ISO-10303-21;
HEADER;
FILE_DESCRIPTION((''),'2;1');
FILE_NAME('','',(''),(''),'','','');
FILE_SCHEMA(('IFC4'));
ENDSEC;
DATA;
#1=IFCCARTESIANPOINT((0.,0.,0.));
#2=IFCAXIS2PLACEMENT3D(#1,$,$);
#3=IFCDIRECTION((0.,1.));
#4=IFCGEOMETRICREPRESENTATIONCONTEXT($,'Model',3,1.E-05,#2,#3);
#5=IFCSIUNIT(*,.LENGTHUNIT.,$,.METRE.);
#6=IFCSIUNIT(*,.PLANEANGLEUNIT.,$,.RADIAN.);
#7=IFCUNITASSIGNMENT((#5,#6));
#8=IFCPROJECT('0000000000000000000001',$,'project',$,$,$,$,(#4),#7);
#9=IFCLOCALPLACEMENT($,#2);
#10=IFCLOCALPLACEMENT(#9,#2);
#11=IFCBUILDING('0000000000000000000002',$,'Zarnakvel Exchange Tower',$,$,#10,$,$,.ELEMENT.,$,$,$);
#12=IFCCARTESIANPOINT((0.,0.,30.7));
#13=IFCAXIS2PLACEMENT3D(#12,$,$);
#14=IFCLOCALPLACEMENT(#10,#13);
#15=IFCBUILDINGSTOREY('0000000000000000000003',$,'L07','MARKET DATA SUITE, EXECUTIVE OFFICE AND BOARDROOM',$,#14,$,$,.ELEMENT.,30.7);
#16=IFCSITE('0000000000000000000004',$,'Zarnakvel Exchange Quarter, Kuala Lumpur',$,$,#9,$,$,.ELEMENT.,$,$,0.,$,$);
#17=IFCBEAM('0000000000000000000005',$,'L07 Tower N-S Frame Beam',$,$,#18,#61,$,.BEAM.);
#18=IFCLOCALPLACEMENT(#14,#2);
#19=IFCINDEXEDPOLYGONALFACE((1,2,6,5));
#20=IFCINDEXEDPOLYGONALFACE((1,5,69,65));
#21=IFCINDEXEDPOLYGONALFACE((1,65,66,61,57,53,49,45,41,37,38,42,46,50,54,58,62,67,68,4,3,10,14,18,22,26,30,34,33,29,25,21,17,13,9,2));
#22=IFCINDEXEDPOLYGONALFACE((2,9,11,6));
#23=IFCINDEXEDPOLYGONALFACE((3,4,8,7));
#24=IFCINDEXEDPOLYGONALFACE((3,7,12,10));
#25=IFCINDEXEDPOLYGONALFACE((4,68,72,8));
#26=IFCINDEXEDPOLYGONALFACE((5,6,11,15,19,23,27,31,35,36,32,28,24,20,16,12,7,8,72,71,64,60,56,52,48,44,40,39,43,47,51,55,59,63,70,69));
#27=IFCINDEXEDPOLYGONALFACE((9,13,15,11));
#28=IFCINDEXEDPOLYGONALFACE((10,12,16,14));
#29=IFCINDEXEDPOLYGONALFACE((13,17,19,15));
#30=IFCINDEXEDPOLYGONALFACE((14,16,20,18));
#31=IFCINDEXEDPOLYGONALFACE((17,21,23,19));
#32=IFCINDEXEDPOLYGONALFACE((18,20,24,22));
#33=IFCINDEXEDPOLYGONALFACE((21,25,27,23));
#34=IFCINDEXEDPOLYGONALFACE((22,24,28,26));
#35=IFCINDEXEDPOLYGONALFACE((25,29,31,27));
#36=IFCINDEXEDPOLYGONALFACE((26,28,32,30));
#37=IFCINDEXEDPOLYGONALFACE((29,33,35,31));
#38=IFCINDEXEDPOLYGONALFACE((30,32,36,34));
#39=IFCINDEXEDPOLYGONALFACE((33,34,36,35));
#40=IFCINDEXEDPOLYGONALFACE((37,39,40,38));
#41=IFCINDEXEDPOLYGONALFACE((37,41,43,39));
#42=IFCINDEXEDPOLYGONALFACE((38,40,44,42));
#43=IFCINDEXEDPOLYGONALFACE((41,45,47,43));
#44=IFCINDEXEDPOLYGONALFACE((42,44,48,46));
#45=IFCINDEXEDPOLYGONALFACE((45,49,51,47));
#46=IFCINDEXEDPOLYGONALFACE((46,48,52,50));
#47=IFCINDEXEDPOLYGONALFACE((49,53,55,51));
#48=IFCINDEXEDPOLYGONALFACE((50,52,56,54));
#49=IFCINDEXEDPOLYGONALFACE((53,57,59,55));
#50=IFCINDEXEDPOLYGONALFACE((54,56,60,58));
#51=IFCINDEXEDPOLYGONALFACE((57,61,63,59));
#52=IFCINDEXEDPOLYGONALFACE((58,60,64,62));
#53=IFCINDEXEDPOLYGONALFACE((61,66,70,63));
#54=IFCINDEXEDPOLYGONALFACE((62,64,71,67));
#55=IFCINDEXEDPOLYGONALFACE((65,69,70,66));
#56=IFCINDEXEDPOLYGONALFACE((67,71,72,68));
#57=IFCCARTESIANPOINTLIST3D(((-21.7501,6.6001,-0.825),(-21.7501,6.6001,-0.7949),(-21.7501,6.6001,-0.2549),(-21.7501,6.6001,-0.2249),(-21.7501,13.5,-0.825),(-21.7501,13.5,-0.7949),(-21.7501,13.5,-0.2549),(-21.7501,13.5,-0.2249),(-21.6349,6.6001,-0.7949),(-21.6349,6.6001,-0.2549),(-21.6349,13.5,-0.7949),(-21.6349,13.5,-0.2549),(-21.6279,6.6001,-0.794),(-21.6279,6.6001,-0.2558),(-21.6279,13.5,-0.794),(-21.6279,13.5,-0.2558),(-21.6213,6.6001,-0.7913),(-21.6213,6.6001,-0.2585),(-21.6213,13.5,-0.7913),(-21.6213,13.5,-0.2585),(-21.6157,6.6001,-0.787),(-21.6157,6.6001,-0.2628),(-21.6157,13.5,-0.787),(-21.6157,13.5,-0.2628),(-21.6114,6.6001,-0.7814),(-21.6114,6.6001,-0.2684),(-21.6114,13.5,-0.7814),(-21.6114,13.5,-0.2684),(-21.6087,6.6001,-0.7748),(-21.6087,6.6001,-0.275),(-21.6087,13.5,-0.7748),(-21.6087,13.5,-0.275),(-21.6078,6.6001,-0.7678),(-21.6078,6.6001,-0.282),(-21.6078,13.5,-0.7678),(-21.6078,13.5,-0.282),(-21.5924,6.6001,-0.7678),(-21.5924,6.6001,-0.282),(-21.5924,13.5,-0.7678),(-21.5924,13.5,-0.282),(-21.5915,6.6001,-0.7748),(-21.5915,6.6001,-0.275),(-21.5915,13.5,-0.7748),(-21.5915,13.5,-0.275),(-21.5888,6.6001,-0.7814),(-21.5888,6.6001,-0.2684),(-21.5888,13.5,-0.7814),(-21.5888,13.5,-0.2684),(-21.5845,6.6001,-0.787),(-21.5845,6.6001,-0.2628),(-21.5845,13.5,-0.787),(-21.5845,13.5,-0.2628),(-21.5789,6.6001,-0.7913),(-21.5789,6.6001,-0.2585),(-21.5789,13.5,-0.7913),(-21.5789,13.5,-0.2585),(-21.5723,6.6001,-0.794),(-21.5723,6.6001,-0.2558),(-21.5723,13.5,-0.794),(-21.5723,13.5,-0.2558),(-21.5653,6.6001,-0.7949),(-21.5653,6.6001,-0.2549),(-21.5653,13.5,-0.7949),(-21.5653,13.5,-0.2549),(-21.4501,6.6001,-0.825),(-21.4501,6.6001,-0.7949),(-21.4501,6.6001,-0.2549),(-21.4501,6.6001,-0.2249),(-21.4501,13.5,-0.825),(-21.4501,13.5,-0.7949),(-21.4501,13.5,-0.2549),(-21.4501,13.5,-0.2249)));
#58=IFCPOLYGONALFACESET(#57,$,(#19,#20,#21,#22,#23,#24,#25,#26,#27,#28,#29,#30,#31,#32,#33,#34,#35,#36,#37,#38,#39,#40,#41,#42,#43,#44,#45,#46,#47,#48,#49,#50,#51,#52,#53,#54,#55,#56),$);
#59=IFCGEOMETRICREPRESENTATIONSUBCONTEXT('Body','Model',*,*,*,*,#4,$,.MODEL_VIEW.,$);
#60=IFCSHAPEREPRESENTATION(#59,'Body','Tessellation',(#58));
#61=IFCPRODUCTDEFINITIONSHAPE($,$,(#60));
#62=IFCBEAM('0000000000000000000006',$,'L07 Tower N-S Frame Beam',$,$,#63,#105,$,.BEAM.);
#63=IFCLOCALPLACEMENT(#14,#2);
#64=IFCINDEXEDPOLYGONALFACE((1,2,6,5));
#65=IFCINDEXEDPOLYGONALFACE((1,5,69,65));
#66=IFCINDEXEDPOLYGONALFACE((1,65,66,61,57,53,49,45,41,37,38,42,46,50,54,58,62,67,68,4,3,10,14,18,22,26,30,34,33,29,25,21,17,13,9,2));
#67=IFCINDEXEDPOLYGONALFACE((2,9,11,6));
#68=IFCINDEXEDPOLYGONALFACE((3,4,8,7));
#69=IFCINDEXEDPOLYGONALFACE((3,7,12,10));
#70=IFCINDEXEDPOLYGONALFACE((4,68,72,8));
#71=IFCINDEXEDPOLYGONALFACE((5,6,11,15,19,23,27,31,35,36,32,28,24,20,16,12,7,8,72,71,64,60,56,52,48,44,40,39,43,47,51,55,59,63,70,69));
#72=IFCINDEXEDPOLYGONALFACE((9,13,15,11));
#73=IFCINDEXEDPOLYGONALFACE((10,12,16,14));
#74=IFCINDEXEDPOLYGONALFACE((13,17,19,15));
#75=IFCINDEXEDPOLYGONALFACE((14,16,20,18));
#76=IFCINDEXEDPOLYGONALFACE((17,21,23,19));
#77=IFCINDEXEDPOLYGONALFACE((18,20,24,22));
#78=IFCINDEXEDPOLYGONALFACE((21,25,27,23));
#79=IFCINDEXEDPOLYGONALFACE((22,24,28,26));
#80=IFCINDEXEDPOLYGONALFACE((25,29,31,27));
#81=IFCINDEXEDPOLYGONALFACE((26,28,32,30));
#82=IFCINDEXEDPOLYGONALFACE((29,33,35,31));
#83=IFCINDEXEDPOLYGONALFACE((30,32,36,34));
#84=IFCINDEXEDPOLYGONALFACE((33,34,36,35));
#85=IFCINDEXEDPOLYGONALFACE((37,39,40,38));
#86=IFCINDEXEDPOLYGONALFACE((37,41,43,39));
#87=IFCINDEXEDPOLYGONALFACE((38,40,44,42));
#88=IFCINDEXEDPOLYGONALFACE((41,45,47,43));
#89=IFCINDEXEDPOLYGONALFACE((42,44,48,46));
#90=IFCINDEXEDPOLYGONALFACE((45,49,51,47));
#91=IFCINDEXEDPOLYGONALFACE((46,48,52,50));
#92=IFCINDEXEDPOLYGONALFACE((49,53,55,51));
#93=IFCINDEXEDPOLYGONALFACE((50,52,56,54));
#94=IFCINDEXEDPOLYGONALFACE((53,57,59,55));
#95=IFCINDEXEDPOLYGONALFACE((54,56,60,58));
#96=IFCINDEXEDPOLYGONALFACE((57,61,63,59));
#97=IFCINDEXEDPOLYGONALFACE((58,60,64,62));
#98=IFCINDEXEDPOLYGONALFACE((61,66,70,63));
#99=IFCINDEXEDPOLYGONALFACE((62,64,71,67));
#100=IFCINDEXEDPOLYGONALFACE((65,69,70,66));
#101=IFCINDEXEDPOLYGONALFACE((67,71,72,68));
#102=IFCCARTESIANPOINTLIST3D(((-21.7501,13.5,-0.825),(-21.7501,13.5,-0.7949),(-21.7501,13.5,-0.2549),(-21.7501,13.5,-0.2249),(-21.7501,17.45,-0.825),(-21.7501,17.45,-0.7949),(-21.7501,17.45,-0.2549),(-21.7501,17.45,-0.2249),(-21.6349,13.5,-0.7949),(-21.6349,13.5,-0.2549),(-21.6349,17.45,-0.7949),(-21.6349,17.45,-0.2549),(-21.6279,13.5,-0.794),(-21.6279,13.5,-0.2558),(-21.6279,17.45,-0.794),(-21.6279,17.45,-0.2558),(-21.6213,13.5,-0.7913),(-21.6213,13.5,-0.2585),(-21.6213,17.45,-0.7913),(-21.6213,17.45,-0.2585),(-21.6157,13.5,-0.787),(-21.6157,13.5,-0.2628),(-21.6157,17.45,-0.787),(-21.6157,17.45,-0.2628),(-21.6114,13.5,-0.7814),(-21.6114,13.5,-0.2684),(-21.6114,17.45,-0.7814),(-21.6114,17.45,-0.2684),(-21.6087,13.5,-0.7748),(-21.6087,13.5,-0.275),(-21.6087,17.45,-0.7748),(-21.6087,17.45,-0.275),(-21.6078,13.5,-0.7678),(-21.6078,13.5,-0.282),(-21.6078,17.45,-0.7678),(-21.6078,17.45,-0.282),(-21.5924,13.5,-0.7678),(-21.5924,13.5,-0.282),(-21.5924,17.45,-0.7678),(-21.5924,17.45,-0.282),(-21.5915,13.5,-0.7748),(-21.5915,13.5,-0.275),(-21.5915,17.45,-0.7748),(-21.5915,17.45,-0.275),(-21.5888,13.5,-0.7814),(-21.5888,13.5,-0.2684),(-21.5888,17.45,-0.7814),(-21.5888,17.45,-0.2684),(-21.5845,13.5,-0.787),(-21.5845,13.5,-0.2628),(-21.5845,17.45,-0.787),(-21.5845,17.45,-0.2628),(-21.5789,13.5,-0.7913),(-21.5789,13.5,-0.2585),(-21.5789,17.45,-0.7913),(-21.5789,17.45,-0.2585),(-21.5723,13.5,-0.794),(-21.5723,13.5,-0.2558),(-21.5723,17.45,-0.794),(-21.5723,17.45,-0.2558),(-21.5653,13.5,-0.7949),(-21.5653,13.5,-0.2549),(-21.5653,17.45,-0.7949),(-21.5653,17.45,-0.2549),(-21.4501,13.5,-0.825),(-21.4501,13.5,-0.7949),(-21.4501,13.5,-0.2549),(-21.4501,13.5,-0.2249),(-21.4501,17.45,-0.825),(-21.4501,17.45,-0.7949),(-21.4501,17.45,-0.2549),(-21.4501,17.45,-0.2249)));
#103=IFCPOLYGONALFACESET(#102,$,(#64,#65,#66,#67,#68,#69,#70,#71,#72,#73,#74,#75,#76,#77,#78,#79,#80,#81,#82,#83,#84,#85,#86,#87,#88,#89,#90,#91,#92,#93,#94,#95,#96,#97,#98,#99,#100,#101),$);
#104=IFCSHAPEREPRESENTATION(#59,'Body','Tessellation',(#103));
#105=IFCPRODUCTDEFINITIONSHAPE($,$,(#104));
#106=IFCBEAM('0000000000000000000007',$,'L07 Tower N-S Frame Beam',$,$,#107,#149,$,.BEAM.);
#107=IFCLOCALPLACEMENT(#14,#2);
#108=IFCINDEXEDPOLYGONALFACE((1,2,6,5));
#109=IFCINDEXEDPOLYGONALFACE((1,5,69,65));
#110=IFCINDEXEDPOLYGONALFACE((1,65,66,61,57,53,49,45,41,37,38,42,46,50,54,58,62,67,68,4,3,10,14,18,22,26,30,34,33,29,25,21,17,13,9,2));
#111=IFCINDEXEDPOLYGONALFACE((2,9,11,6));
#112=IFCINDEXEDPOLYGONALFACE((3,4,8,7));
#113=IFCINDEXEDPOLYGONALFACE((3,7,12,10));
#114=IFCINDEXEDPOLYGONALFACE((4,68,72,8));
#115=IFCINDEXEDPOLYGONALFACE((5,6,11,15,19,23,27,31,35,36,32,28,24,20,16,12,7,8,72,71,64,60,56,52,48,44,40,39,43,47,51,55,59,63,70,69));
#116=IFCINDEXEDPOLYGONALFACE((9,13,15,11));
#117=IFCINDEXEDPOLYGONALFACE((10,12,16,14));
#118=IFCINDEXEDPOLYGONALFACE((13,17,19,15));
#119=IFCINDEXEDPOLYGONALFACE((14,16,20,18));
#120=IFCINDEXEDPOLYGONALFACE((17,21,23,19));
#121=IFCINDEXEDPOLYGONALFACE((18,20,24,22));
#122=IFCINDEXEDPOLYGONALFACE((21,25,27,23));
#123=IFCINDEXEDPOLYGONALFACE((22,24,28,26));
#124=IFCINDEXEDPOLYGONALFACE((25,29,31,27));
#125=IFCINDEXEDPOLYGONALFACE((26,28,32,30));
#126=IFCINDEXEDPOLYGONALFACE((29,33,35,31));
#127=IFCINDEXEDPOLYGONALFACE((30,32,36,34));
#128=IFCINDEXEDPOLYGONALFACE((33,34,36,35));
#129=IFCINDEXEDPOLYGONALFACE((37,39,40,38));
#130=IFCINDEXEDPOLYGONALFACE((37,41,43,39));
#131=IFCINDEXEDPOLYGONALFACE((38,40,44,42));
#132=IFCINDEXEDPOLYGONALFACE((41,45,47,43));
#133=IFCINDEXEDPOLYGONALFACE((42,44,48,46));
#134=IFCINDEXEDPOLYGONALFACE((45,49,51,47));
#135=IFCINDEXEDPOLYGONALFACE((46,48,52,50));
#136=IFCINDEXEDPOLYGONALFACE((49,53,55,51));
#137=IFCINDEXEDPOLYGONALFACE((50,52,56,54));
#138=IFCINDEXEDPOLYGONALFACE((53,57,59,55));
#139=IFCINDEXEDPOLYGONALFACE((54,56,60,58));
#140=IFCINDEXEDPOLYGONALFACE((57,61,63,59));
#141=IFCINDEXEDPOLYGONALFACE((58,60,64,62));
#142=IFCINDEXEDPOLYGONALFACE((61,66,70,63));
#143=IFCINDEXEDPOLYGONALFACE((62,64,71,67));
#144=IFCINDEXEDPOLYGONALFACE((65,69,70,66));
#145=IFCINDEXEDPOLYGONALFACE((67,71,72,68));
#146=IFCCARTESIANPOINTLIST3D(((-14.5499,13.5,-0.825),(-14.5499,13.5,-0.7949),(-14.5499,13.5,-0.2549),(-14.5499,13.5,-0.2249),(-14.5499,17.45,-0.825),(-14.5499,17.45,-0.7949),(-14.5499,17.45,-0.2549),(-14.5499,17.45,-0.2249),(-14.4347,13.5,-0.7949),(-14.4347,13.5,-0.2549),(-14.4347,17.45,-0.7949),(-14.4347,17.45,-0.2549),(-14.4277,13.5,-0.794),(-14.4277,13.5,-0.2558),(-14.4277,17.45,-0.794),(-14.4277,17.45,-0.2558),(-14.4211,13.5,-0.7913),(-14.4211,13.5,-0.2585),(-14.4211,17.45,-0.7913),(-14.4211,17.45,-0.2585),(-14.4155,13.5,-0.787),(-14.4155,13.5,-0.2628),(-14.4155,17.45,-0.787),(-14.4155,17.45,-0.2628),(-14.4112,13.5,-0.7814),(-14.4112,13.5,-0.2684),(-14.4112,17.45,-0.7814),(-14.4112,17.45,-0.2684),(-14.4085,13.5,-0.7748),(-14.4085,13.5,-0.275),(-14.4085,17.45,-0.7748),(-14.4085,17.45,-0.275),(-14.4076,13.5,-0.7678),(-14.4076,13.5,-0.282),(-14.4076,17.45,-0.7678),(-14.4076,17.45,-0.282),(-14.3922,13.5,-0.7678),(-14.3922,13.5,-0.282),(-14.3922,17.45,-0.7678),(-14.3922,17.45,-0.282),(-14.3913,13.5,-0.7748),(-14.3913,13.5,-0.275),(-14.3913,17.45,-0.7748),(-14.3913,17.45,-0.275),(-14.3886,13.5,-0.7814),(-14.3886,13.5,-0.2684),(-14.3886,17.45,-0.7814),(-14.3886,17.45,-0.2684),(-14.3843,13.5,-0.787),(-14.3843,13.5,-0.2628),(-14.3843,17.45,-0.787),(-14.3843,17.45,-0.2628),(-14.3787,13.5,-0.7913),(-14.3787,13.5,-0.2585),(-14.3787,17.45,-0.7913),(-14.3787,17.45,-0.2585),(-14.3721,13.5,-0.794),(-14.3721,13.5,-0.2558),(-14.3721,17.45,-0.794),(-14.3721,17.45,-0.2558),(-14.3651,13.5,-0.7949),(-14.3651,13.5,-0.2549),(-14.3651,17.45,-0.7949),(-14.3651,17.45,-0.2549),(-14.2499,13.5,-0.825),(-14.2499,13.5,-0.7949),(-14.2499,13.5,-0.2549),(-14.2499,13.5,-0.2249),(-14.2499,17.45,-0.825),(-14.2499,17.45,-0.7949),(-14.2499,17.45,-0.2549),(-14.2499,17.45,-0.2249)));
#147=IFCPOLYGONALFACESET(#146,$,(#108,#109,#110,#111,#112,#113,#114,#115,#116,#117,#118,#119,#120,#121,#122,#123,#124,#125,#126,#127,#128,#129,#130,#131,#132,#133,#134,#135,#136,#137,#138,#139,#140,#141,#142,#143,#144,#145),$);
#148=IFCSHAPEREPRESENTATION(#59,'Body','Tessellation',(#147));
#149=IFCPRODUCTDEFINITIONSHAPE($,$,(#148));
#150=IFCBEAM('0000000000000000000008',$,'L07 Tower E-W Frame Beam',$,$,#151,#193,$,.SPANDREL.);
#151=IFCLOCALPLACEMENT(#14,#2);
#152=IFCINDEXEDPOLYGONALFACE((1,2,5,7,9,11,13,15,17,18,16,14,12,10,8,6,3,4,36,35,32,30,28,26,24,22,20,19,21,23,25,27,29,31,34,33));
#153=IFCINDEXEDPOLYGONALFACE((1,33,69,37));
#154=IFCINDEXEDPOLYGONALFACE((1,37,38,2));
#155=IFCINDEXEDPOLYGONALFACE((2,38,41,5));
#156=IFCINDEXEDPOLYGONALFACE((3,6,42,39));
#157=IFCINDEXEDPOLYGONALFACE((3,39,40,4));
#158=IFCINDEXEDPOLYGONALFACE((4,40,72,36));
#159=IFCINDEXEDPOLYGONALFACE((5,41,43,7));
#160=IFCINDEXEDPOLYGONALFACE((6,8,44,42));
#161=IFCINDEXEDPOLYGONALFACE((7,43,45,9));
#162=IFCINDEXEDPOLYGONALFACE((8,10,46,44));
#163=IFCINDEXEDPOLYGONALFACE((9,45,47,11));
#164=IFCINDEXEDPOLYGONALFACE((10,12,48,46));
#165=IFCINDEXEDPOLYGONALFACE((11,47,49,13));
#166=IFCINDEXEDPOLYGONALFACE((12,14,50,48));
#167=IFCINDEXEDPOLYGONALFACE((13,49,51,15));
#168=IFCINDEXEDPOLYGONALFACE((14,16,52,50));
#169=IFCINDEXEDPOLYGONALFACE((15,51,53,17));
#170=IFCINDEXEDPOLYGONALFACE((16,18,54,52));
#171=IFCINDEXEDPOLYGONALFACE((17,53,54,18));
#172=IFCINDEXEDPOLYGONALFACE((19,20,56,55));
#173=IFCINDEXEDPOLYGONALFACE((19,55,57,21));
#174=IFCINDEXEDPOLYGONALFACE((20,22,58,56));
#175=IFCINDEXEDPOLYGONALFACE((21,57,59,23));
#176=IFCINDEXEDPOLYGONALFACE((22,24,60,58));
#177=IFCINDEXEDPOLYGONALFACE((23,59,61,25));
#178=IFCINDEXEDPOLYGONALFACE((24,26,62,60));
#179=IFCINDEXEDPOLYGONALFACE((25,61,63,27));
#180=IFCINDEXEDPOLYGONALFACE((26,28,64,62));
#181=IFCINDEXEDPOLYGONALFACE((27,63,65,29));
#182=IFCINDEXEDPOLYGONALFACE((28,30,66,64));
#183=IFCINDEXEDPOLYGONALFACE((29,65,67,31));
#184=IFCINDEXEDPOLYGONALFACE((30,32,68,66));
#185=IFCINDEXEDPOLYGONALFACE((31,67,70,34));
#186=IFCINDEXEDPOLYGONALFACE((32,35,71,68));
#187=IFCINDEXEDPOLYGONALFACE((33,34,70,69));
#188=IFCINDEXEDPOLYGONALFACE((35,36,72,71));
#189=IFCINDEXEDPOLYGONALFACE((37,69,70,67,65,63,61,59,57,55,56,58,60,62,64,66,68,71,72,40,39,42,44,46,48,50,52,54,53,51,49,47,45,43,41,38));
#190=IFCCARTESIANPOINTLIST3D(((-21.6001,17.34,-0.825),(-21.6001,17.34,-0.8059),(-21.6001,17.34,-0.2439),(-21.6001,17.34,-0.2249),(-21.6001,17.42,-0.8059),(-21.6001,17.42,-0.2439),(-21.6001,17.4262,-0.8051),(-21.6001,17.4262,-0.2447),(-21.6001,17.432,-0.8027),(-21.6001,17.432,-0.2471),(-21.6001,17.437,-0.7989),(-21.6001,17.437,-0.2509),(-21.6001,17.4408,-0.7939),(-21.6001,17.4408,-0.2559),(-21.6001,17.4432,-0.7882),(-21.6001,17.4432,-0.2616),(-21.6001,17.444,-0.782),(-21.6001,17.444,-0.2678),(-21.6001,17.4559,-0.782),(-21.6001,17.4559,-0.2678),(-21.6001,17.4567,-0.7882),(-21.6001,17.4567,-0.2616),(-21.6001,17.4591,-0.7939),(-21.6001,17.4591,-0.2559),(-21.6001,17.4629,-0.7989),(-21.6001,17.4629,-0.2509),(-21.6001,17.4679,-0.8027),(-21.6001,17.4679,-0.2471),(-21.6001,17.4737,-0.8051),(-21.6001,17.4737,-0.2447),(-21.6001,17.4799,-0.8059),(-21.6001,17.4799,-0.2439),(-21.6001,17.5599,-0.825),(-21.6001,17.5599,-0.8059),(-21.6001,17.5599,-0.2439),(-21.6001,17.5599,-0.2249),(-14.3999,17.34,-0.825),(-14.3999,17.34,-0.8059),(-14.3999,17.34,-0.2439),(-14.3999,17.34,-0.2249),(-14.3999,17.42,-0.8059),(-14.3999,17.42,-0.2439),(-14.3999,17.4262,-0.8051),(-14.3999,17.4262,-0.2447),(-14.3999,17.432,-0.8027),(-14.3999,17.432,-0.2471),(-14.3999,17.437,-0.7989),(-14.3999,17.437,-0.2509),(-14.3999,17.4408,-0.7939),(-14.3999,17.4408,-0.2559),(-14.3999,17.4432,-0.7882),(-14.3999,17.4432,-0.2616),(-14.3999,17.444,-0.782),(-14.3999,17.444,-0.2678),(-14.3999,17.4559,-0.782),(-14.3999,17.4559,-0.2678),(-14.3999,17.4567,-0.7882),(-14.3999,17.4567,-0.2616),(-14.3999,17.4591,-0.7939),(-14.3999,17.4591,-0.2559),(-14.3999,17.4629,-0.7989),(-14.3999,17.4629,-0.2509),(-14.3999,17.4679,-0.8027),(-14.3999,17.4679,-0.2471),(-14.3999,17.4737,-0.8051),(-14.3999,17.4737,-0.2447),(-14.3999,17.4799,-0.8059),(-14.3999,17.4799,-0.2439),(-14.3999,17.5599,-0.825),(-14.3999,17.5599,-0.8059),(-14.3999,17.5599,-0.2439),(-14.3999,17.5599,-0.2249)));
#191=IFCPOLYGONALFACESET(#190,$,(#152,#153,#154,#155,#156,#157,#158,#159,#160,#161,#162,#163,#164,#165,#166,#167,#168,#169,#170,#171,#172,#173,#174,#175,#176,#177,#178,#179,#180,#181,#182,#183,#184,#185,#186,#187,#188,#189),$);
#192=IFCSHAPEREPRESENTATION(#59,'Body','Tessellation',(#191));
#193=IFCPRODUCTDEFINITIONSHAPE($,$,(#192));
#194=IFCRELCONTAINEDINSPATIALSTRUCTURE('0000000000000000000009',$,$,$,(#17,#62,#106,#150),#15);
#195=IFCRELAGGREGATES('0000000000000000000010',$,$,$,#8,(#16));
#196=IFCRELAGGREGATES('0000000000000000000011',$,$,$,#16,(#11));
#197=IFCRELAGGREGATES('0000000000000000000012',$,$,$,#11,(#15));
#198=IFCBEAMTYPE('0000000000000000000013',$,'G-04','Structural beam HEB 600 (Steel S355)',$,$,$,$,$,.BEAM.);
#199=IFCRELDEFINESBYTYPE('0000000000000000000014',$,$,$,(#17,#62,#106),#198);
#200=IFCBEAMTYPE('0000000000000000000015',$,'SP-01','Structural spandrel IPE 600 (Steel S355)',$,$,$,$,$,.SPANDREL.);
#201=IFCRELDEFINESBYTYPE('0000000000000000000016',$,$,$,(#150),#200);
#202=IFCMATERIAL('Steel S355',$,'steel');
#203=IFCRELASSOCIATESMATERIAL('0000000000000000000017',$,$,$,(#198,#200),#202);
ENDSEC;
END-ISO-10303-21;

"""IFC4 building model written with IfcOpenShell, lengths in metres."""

from ifc_helpers import new_model, si_unit, direction, frame, origin, origin_2d, place, context, subcontext, project, spatial, i_section, extrude, material, material_profile, profile_set, type_object, element, save


model = new_model("IFC4")

# Units and contexts
model_context = context("Model", 3, precision=1e-05, world=origin(), true_north=direction((0.0, 1.0)))
body_context = subcontext(model_context, "Body", "Model", "MODEL_VIEW")
ifc_project = project(units=[si_unit("LENGTHUNIT", "METRE"), si_unit("PLANEANGLEUNIT", "RADIAN")], contexts=[model_context])

# Site, building, storey
site_placement = place(None, origin())
site = spatial("IfcSite", under=ifc_project, at=site_placement, Name="Zarnakvel Exchange Quarter, Kuala Lumpur", CompositionType="ELEMENT", RefElevation=0.0)
building_placement = place(site_placement, origin())
building = spatial("IfcBuilding", under=site, at=building_placement, Name="Zarnakvel Exchange Tower", CompositionType="ELEMENT")
storey_placement = place(building_placement, frame((0.0, 0.0, 30.7)))
storey = spatial("IfcBuildingStorey", under=building, at=storey_placement, Name="L07", Description="MARKET DATA SUITE, EXECUTIVE OFFICE AND BOARDROOM", CompositionType="ELEMENT", Elevation=30.7)

# Beams
ifc_material_1 = material(Name="Steel S355", Category="steel")
ifc_material_profile_1 = material_profile(ifc_material_1, i_section(OverallWidth=0.3, OverallDepth=0.6001, WebThickness=0.0154, FlangeThickness=0.03, FilletRadius=0.0271, at=origin_2d()))
ifc_profile_set_1 = profile_set([ifc_material_profile_1], Name="Steel S355")
beam_type_1 = type_object("IfcBeamType", Name="G-04", Description="Structural beam HEB 600 (Steel S355)", PredefinedType="BEAM", material=ifc_profile_set_1)
beam_1_placement = place(storey_placement, frame((-21.6001, 6.6001, -0.5249), z_axis=(0.0, 1.0, 0.0), x_axis=(-1.0, 0.0, 0.0)))
element("IfcBeam", 1, at=beam_1_placement, inside=storey, type_object=beam_type_1, Name="L07 Tower N-S Frame Beam", PredefinedType="BEAM", context=body_context, shape_type="SweptSolid", body=[
    extrude(i_section(OverallWidth=0.3, OverallDepth=0.6001, WebThickness=0.0154, FlangeThickness=0.03, FilletRadius=0.0271, at=origin_2d()), origin(), (0.0, 0.0, 1.0), 6.8999),
])
for number, where, z_axis, x_axis, name in (
    (2, (-21.6001, 13.5, -0.5249), (0.0, 1.0, 0.0), (-1.0, 0.0, 0.0), "L07 Tower N-S Frame Beam"),
    (3, (-14.3999, 13.5, -0.5249), (0.0, 1.0, 0.0), (-1.0, 0.0, 0.0), "L07 Tower N-S Frame Beam"),
):
    element("IfcBeam", number, at=place(storey_placement, frame(where, z_axis=z_axis, x_axis=x_axis)), inside=storey, type_object=beam_type_1, Name=name, PredefinedType="BEAM", context=body_context, shape_type="SweptSolid", body=[
        extrude(i_section(OverallWidth=0.3, OverallDepth=0.6001, WebThickness=0.0154, FlangeThickness=0.03, FilletRadius=0.0271, at=origin_2d()), origin(), (0.0, 0.0, 1.0), 3.95),
    ])
ifc_material_profile_2 = material_profile(ifc_material_1, i_section(OverallWidth=0.22, OverallDepth=0.6001, WebThickness=0.012, FlangeThickness=0.019, FilletRadius=0.0239, at=origin_2d()))
ifc_profile_set_2 = profile_set([ifc_material_profile_2], Name="Steel S355")
beam_type_2 = type_object("IfcBeamType", Name="SP-01", Description="Structural spandrel IPE 600 (Steel S355)", PredefinedType="SPANDREL", material=ifc_profile_set_2)
beam_2_placement = place(storey_placement, frame((-21.6001, 17.45, -0.5249), z_axis=(1.0, 0.0, 0.0), x_axis=(0.0, 1.0, 0.0)))
element("IfcBeam", 4, at=beam_2_placement, inside=storey, type_object=beam_type_2, Name="L07 Tower E-W Frame Beam", PredefinedType="SPANDREL", context=body_context, shape_type="SweptSolid", body=[
    extrude(i_section(OverallWidth=0.22, OverallDepth=0.6001, WebThickness=0.012, FlangeThickness=0.019, FilletRadius=0.0239, at=origin_2d()), origin(), (0.0, 0.0, 1.0), 7.2002),
])

save(model, "model.ifc")
